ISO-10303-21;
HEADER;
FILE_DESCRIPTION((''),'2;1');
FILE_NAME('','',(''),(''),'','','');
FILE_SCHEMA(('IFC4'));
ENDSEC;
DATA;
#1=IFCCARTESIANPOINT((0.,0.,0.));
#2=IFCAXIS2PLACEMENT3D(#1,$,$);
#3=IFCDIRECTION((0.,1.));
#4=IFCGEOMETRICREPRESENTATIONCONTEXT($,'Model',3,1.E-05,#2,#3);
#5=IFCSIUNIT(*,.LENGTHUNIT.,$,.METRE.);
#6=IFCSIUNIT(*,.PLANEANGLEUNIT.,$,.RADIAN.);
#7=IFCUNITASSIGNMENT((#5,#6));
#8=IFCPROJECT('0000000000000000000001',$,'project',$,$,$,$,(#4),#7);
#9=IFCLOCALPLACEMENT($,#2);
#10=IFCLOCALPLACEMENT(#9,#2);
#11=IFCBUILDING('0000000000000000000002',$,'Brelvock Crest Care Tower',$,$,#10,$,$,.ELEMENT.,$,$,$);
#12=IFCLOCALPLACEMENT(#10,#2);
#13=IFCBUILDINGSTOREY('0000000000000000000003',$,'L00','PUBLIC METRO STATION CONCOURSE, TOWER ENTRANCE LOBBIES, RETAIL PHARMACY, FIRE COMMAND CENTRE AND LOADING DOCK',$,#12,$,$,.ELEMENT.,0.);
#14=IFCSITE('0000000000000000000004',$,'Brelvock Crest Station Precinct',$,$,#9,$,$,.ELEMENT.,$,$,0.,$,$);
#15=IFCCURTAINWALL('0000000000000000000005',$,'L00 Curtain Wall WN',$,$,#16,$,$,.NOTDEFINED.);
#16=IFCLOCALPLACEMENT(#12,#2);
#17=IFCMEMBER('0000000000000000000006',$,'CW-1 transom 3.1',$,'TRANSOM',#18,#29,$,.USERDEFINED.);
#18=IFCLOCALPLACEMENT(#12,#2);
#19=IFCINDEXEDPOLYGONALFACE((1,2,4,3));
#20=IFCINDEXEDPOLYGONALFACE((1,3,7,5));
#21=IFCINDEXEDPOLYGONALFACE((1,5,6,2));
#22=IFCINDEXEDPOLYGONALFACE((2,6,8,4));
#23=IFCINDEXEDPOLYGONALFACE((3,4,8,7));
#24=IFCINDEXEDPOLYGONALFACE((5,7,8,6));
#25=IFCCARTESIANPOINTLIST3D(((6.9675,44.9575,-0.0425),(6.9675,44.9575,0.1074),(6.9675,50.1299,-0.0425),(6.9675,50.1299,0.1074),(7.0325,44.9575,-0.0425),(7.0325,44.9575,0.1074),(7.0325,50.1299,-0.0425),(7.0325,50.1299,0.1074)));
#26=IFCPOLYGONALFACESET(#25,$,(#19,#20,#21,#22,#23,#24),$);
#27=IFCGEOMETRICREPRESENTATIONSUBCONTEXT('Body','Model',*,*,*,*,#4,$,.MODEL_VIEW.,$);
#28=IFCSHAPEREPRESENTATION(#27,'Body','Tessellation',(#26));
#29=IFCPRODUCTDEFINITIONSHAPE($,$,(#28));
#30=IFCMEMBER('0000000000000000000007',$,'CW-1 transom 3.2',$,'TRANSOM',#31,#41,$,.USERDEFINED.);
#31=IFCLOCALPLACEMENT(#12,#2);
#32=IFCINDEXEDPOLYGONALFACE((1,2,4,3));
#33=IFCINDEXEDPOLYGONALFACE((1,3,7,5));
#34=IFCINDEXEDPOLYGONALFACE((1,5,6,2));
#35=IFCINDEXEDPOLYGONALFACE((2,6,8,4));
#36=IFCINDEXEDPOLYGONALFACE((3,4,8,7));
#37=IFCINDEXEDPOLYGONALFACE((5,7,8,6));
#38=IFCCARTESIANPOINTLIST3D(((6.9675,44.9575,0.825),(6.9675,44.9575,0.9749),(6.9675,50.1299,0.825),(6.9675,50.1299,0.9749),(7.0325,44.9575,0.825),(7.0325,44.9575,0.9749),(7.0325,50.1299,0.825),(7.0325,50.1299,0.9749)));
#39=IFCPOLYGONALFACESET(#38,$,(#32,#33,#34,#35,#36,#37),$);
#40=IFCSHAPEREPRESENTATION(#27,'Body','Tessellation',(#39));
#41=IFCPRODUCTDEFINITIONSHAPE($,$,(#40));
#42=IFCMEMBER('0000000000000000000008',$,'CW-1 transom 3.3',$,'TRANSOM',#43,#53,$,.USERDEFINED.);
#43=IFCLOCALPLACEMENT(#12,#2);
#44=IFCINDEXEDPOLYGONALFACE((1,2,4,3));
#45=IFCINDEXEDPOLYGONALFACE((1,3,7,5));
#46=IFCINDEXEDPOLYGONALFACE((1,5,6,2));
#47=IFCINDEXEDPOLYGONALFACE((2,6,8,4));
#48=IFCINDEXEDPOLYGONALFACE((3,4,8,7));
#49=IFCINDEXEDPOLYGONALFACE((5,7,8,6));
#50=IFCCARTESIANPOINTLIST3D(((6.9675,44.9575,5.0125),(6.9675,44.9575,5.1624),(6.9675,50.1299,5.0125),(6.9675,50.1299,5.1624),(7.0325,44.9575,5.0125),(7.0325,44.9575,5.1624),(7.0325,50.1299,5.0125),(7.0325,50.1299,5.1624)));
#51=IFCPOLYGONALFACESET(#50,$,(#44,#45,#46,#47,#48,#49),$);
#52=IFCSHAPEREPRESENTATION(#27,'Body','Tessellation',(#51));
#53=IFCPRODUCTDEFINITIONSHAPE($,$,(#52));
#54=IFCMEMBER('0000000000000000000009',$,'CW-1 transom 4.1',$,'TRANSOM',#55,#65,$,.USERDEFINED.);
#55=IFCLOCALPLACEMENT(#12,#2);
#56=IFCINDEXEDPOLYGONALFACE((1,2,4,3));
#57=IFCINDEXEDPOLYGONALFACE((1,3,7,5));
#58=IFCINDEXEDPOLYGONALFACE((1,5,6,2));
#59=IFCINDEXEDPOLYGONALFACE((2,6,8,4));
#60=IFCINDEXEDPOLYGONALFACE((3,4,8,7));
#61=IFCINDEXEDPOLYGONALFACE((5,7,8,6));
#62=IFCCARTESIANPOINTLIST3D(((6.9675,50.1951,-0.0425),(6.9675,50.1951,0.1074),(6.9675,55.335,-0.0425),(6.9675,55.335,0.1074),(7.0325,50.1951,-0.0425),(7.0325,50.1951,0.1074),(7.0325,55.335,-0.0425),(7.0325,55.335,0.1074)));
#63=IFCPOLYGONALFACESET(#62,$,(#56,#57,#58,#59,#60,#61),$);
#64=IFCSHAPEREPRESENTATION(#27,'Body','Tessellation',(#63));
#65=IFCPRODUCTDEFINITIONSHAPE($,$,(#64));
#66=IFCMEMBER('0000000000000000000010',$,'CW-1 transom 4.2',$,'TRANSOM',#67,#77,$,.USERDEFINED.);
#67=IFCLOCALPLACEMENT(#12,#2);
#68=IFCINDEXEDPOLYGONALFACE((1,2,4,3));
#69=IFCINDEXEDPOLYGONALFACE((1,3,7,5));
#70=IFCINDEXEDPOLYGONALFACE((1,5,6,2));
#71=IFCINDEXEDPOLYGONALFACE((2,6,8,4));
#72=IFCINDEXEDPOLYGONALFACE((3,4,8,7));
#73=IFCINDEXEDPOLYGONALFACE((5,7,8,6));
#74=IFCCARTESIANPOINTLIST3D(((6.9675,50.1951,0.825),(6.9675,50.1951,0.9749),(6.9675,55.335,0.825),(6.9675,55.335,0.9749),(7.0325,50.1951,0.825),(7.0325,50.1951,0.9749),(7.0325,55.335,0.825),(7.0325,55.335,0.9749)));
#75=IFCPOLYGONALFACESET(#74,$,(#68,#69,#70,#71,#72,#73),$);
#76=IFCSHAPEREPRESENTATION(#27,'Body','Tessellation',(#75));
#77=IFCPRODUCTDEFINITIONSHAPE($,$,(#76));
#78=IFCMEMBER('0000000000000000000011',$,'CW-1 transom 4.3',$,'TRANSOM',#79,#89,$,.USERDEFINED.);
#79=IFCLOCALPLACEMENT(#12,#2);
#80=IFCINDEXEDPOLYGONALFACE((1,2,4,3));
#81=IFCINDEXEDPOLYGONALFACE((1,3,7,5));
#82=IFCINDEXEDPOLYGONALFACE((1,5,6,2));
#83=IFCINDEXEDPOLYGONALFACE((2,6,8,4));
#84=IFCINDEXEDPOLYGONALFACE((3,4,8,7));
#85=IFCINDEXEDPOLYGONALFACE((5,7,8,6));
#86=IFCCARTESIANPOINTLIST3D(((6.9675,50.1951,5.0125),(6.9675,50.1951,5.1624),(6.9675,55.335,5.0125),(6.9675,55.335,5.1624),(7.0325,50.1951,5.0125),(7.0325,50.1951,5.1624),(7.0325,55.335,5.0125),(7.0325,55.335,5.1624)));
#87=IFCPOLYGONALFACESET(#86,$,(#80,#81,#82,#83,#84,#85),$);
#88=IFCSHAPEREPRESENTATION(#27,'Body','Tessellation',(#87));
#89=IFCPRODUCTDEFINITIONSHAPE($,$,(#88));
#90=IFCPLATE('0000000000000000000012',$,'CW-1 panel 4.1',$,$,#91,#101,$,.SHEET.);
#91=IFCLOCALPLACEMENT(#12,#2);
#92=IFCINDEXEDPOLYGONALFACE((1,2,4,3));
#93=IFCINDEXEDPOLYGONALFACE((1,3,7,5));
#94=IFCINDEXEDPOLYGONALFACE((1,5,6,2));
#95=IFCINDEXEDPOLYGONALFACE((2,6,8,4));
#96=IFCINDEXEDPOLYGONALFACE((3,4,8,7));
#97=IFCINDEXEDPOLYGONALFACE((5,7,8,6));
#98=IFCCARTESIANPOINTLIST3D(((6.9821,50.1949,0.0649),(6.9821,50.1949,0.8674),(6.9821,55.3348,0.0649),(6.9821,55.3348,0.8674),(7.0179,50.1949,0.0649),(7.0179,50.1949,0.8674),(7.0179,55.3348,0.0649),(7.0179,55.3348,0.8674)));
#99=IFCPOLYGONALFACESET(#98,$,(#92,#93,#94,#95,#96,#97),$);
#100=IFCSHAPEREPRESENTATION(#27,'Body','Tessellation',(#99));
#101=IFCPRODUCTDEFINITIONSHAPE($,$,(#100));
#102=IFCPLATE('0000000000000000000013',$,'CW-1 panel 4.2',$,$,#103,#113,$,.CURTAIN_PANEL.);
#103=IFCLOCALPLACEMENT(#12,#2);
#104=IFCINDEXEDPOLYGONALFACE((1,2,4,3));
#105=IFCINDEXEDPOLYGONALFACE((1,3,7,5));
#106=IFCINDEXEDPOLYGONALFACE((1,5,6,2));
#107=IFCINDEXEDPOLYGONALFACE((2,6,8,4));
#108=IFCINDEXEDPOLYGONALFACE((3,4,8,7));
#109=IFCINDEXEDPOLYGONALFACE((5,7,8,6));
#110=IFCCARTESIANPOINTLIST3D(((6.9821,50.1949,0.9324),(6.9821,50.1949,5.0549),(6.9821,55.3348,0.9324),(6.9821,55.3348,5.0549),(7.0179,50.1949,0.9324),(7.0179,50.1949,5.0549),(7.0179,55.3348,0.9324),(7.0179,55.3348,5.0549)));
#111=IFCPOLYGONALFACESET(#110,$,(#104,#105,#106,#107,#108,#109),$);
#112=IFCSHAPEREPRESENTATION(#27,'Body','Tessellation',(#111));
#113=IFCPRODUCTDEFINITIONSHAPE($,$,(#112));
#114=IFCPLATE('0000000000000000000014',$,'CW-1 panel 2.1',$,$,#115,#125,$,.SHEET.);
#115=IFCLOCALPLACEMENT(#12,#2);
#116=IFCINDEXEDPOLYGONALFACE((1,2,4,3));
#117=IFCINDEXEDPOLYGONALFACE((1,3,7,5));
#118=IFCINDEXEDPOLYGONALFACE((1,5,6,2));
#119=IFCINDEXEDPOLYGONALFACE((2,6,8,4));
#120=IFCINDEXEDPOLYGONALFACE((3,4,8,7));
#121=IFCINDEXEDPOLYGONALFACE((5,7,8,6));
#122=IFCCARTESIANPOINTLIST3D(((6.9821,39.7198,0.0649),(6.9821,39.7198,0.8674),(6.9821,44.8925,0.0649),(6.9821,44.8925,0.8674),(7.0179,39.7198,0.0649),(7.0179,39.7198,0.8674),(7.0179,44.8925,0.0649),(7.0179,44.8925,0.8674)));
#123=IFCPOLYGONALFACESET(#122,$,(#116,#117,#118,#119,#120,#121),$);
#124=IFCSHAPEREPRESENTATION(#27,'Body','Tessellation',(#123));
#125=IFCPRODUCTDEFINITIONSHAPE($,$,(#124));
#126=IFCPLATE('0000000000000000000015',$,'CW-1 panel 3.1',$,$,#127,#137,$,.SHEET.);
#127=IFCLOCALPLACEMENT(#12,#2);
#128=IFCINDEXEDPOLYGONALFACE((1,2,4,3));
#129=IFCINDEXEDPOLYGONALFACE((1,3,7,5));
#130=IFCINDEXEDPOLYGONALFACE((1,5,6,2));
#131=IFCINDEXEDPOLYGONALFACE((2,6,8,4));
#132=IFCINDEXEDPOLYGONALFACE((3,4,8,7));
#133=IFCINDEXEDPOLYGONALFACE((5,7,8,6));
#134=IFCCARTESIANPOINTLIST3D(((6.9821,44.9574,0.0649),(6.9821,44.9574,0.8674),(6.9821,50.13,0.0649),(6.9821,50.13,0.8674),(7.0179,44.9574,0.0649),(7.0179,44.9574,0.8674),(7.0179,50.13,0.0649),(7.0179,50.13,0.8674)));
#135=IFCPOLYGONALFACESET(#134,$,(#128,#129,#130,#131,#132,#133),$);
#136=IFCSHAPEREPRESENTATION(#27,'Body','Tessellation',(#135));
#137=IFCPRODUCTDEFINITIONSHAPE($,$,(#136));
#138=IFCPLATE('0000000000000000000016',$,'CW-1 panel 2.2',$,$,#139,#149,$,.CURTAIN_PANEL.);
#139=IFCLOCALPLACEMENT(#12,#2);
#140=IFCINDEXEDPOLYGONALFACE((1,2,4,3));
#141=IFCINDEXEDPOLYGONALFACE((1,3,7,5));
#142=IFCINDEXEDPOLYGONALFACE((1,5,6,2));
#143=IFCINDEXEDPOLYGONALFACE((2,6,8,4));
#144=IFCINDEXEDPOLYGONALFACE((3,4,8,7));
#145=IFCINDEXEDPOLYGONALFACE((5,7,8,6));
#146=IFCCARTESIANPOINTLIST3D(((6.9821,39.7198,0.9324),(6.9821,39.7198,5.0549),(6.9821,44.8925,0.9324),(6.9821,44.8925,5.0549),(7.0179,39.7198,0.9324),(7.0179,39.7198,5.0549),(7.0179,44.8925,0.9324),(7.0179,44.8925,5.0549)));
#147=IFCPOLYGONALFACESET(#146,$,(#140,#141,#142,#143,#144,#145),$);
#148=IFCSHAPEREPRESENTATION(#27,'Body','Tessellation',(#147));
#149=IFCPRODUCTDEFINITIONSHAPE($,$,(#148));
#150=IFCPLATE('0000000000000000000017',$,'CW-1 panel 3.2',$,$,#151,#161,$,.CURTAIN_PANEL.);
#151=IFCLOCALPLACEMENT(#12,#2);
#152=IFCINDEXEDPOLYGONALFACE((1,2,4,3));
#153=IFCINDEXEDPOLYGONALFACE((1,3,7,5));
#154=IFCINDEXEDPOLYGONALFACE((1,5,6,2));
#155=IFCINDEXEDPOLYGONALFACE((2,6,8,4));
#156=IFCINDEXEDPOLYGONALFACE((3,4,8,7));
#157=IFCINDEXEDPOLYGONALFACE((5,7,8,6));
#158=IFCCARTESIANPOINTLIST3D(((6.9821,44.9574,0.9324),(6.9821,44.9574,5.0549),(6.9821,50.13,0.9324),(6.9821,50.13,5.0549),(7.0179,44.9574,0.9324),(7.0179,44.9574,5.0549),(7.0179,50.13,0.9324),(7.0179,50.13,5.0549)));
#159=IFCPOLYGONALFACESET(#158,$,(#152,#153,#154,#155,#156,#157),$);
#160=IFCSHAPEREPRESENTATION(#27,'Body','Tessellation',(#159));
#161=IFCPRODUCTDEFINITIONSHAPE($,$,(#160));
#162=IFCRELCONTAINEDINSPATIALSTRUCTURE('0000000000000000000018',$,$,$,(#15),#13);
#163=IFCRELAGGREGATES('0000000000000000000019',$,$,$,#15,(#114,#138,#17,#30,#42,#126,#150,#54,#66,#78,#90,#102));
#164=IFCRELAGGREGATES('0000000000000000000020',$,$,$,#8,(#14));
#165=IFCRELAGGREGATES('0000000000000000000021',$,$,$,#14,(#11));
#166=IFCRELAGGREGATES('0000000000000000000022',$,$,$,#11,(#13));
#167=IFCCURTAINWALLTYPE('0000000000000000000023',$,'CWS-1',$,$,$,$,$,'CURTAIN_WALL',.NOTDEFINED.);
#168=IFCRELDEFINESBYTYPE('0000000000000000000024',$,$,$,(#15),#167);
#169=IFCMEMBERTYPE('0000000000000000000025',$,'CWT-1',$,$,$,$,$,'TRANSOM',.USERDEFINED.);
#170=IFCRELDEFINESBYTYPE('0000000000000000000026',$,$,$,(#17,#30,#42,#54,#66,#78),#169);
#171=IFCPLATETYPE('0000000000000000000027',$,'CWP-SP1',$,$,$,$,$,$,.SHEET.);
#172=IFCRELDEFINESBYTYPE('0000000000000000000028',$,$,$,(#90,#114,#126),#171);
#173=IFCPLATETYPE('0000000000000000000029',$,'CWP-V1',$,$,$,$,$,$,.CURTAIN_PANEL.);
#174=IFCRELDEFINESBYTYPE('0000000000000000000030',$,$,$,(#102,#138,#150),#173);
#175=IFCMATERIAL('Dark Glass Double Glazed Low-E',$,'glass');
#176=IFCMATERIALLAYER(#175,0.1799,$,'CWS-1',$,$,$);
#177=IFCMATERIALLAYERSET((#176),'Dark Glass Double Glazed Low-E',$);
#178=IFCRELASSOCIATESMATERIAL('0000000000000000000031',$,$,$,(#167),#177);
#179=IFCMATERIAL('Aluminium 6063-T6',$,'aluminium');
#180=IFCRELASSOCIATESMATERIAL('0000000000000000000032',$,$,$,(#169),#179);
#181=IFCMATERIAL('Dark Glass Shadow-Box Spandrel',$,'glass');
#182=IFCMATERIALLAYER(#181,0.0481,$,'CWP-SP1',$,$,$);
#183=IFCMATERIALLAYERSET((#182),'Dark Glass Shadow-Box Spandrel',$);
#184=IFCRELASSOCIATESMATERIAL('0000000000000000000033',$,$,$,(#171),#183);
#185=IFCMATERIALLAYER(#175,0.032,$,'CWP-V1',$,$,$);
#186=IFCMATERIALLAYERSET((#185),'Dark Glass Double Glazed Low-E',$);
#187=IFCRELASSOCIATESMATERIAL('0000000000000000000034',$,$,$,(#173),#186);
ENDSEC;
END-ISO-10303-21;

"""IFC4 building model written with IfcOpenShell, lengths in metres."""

from ifc_helpers import new_model, si_unit, direction, frame, origin, origin_2d, place, context, subcontext, project, spatial, rectangle, extrude, source, transform, mapped, material, layer, layer_set, material_profile, profile_set, type_object, element, aggregate, save


model = new_model("IFC4")

# Units and contexts
model_context = context("Model", 3, precision=1e-05, world=origin(), true_north=direction((0.0, 1.0)))
body_context = subcontext(model_context, "Body", "Model", "MODEL_VIEW")
ifc_project = project(units=[si_unit("LENGTHUNIT", "METRE"), si_unit("PLANEANGLEUNIT", "RADIAN")], contexts=[model_context])

# Site, building, storey
site_placement = place(None, origin())
site = spatial("IfcSite", under=ifc_project, at=site_placement, Name="Brelvock Crest Station Precinct", CompositionType="ELEMENT", RefElevation=0.0)
building_placement = place(site_placement, origin())
building = spatial("IfcBuilding", under=site, at=building_placement, Name="Brelvock Crest Care Tower", CompositionType="ELEMENT")
storey_placement = place(building_placement, origin())
storey = spatial("IfcBuildingStorey", under=building, at=storey_placement, Name="L00", Description="PUBLIC METRO STATION CONCOURSE, TOWER ENTRANCE LOBBIES, RETAIL PHARMACY, FIRE COMMAND CENTRE AND LOADING DOCK", CompositionType="ELEMENT", Elevation=0.0)

# Curtain wall, members, plates
ifc_material_1 = material(Name="Dark Glass Double Glazed Low-E", Category="glass")
ifc_layer_1 = layer(ifc_material_1, 0.1799, Name="CWS-1")
ifc_layer_set_1 = layer_set([ifc_layer_1], Name="Dark Glass Double Glazed Low-E")
curtain_wall_type = type_object("IfcCurtainWallType", Name="CWS-1", ElementType="CURTAIN_WALL", PredefinedType="NOTDEFINED", material=ifc_layer_set_1)
curtain_wall_placement = place(storey_placement, origin())
curtain_wall = element("IfcCurtainWall", 1, at=curtain_wall_placement, inside=storey, type_object=curtain_wall_type, Name="L00 Curtain Wall WN", PredefinedType="NOTDEFINED")
ifc_material_2 = material(Name="Aluminium 6063-T6", Category="aluminium")
ifc_material_profile_1 = material_profile(ifc_material_2, rectangle(XDim=0.0649, YDim=0.1499, at=origin_2d()), Name="ALU65x150")
ifc_profile_set_1 = profile_set([ifc_material_profile_1], Name="Aluminium 6063-T6")
member_type_1 = type_object("IfcMemberType", Name="CWT-1", ElementType="TRANSOM", PredefinedType="USERDEFINED", material=ifc_profile_set_1)
shared_shape_1 = source(origin(), body_context, "Body", "SweptSolid", [
    extrude(rectangle(XDim=0.0649, YDim=0.1499, at=origin_2d()), origin(), (0.0, 0.0, 1.0), 5.1724),
])
member_1_placement = place(storey_placement, frame((7.0, 44.9575, 0.0325), z_axis=(0.0, 1.0, 0.0), x_axis=(-1.0, 0.0, 0.0)))
member_1 = element("IfcMember", 2, at=member_1_placement, type_object=member_type_1, Name="CW-1 transom 3.1", ObjectType="TRANSOM", PredefinedType="USERDEFINED", context=body_context, shape_type="MappedRepresentation", body=[
    mapped(shared_shape_1, transform((0.0, 0.0, 0.0), x_axis=(1.0, 0.0, 0.0), y_axis=(0.0, 1.0, 0.0), z_axis=(0.0, 0.0, 1.0), scale=1.0)),
])
member_2_placement = place(storey_placement, frame((7.0, 44.9575, 0.8999), z_axis=(0.0, 1.0, 0.0), x_axis=(-1.0, 0.0, 0.0)))
member_2 = element("IfcMember", 3, at=member_2_placement, type_object=member_type_1, Name="CW-1 transom 3.2", ObjectType="TRANSOM", PredefinedType="USERDEFINED", context=body_context, shape_type="MappedRepresentation", body=[
    mapped(shared_shape_1, transform((0.0, 0.0, 0.0), x_axis=(1.0, 0.0, 0.0), y_axis=(0.0, 1.0, 0.0), z_axis=(0.0, 0.0, 1.0), scale=1.0)),
])
member_3_placement = place(storey_placement, frame((7.0, 44.9575, 5.0874), z_axis=(0.0, 1.0, 0.0), x_axis=(-1.0, 0.0, 0.0)))
member_3 = element("IfcMember", 4, at=member_3_placement, type_object=member_type_1, Name="CW-1 transom 3.3", ObjectType="TRANSOM", PredefinedType="USERDEFINED", context=body_context, shape_type="MappedRepresentation", body=[
    mapped(shared_shape_1, transform((0.0, 0.0, 0.0), x_axis=(1.0, 0.0, 0.0), y_axis=(0.0, 1.0, 0.0), z_axis=(0.0, 0.0, 1.0), scale=1.0)),
])
shared_shape_2 = source(origin(), body_context, "Body", "SweptSolid", [
    extrude(rectangle(XDim=0.0649, YDim=0.1499, at=origin_2d()), origin(), (0.0, 0.0, 1.0), 5.1399),
])
member_4_placement = place(storey_placement, frame((7.0, 50.1951, 0.0325), z_axis=(0.0, 1.0, 0.0), x_axis=(-1.0, 0.0, 0.0)))
member_4 = element("IfcMember", 5, at=member_4_placement, type_object=member_type_1, Name="CW-1 transom 4.1", ObjectType="TRANSOM", PredefinedType="USERDEFINED", context=body_context, shape_type="MappedRepresentation", body=[
    mapped(shared_shape_2, transform((0.0, 0.0, 0.0), x_axis=(1.0, 0.0, 0.0), y_axis=(0.0, 1.0, 0.0), z_axis=(0.0, 0.0, 1.0), scale=1.0)),
])
member_5_placement = place(storey_placement, frame((7.0, 50.1951, 0.8999), z_axis=(0.0, 1.0, 0.0), x_axis=(-1.0, 0.0, 0.0)))
member_5 = element("IfcMember", 6, at=member_5_placement, type_object=member_type_1, Name="CW-1 transom 4.2", ObjectType="TRANSOM", PredefinedType="USERDEFINED", context=body_context, shape_type="MappedRepresentation", body=[
    mapped(shared_shape_2, transform((0.0, 0.0, 0.0), x_axis=(1.0, 0.0, 0.0), y_axis=(0.0, 1.0, 0.0), z_axis=(0.0, 0.0, 1.0), scale=1.0)),
])
member_6_placement = place(storey_placement, frame((7.0, 50.1951, 5.0874), z_axis=(0.0, 1.0, 0.0), x_axis=(-1.0, 0.0, 0.0)))
member_6 = element("IfcMember", 7, at=member_6_placement, type_object=member_type_1, Name="CW-1 transom 4.3", ObjectType="TRANSOM", PredefinedType="USERDEFINED", context=body_context, shape_type="MappedRepresentation", body=[
    mapped(shared_shape_2, transform((0.0, 0.0, 0.0), x_axis=(1.0, 0.0, 0.0), y_axis=(0.0, 1.0, 0.0), z_axis=(0.0, 0.0, 1.0), scale=1.0)),
])
ifc_material_3 = material(Name="Dark Glass Shadow-Box Spandrel", Category="glass")
ifc_layer_2 = layer(ifc_material_3, 0.0481, Name="CWP-SP1")
ifc_layer_set_2 = layer_set([ifc_layer_2], Name="Dark Glass Shadow-Box Spandrel")
plate_type_1 = type_object("IfcPlateType", Name="CWP-SP1", PredefinedType="SHEET", material=ifc_layer_set_2)
shared_shape_3 = source(origin(), body_context, "Body", "SweptSolid", [
    extrude(rectangle(XDim=5.1399, YDim=0.0359, at=origin_2d()), origin(), (0.0, 0.0, 1.0), 0.8025),
])
plate_1_placement = place(storey_placement, frame((7.0, 52.7649, 0.0649), z_axis=(0.0, 0.0, 1.0), x_axis=(0.0, 1.0, 0.0)))
plate_1 = element("IfcPlate", 8, at=plate_1_placement, type_object=plate_type_1, Name="CW-1 panel 4.1", PredefinedType="SHEET", context=body_context, shape_type="MappedRepresentation", body=[
    mapped(shared_shape_3, transform((0.0, 0.0, 0.0), x_axis=(1.0, 0.0, 0.0), y_axis=(0.0, 1.0, 0.0), z_axis=(0.0, 0.0, 1.0), scale=1.0)),
])
ifc_layer_3 = layer(ifc_material_1, 0.032, Name="CWP-V1")
ifc_layer_set_3 = layer_set([ifc_layer_3], Name="Dark Glass Double Glazed Low-E")
plate_type_2 = type_object("IfcPlateType", Name="CWP-V1", PredefinedType="CURTAIN_PANEL", material=ifc_layer_set_3)
shared_shape_4 = source(origin(), body_context, "Body", "SweptSolid", [
    extrude(rectangle(XDim=5.1399, YDim=0.0359, at=origin_2d()), origin(), (0.0, 0.0, 1.0), 4.1226),
])
plate_2_placement = place(storey_placement, frame((7.0, 52.7649, 0.9324), z_axis=(0.0, 0.0, 1.0), x_axis=(0.0, 1.0, 0.0)))
plate_2 = element("IfcPlate", 9, at=plate_2_placement, type_object=plate_type_2, Name="CW-1 panel 4.2", PredefinedType="CURTAIN_PANEL", context=body_context, shape_type="MappedRepresentation", body=[
    mapped(shared_shape_4, transform((0.0, 0.0, 0.0), x_axis=(1.0, 0.0, 0.0), y_axis=(0.0, 1.0, 0.0), z_axis=(0.0, 0.0, 1.0), scale=1.0)),
])
shared_shape_5 = source(origin(), body_context, "Body", "SweptSolid", [
    extrude(rectangle(XDim=5.1726, YDim=0.0359, at=origin_2d()), origin(), (0.0, 0.0, 1.0), 0.8025),
])
plate_3_placement = place(storey_placement, frame((7.0, 42.3062, 0.0649), z_axis=(0.0, 0.0, 1.0), x_axis=(0.0, 1.0, 0.0)))
plate_3 = element("IfcPlate", 10, at=plate_3_placement, type_object=plate_type_1, Name="CW-1 panel 2.1", PredefinedType="SHEET", context=body_context, shape_type="MappedRepresentation", body=[
    mapped(shared_shape_5, transform((0.0, 0.0, 0.0), x_axis=(1.0, 0.0, 0.0), y_axis=(0.0, 1.0, 0.0), z_axis=(0.0, 0.0, 1.0), scale=1.0)),
])
plate_4_placement = place(storey_placement, frame((7.0, 47.5437, 0.0649), z_axis=(0.0, 0.0, 1.0), x_axis=(0.0, 1.0, 0.0)))
plate_4 = element("IfcPlate", 11, at=plate_4_placement, type_object=plate_type_1, Name="CW-1 panel 3.1", PredefinedType="SHEET", context=body_context, shape_type="MappedRepresentation", body=[
    mapped(shared_shape_5, transform((0.0, 0.0, 0.0), x_axis=(1.0, 0.0, 0.0), y_axis=(0.0, 1.0, 0.0), z_axis=(0.0, 0.0, 1.0), scale=1.0)),
])
shared_shape_6 = source(origin(), body_context, "Body", "SweptSolid", [
    extrude(rectangle(XDim=5.1726, YDim=0.0359, at=origin_2d()), origin(), (0.0, 0.0, 1.0), 4.1226),
])
plate_5_placement = place(storey_placement, frame((7.0, 42.3062, 0.9324), z_axis=(0.0, 0.0, 1.0), x_axis=(0.0, 1.0, 0.0)))
plate_5 = element("IfcPlate", 12, at=plate_5_placement, type_object=plate_type_2, Name="CW-1 panel 2.2", PredefinedType="CURTAIN_PANEL", context=body_context, shape_type="MappedRepresentation", body=[
    mapped(shared_shape_6, transform((0.0, 0.0, 0.0), x_axis=(1.0, 0.0, 0.0), y_axis=(0.0, 1.0, 0.0), z_axis=(0.0, 0.0, 1.0), scale=1.0)),
])
plate_6_placement = place(storey_placement, frame((7.0, 47.5437, 0.9324), z_axis=(0.0, 0.0, 1.0), x_axis=(0.0, 1.0, 0.0)))
plate_6 = element("IfcPlate", 13, at=plate_6_placement, type_object=plate_type_2, Name="CW-1 panel 3.2", PredefinedType="CURTAIN_PANEL", context=body_context, shape_type="MappedRepresentation", body=[
    mapped(shared_shape_6, transform((0.0, 0.0, 0.0), x_axis=(1.0, 0.0, 0.0), y_axis=(0.0, 1.0, 0.0), z_axis=(0.0, 0.0, 1.0), scale=1.0)),
])
aggregate(curtain_wall, [plate_3, plate_5, member_1, member_2, member_3, plate_4, plate_6, member_4, member_5, member_6, plate_1, plate_2])

save(model, "model.ifc")
